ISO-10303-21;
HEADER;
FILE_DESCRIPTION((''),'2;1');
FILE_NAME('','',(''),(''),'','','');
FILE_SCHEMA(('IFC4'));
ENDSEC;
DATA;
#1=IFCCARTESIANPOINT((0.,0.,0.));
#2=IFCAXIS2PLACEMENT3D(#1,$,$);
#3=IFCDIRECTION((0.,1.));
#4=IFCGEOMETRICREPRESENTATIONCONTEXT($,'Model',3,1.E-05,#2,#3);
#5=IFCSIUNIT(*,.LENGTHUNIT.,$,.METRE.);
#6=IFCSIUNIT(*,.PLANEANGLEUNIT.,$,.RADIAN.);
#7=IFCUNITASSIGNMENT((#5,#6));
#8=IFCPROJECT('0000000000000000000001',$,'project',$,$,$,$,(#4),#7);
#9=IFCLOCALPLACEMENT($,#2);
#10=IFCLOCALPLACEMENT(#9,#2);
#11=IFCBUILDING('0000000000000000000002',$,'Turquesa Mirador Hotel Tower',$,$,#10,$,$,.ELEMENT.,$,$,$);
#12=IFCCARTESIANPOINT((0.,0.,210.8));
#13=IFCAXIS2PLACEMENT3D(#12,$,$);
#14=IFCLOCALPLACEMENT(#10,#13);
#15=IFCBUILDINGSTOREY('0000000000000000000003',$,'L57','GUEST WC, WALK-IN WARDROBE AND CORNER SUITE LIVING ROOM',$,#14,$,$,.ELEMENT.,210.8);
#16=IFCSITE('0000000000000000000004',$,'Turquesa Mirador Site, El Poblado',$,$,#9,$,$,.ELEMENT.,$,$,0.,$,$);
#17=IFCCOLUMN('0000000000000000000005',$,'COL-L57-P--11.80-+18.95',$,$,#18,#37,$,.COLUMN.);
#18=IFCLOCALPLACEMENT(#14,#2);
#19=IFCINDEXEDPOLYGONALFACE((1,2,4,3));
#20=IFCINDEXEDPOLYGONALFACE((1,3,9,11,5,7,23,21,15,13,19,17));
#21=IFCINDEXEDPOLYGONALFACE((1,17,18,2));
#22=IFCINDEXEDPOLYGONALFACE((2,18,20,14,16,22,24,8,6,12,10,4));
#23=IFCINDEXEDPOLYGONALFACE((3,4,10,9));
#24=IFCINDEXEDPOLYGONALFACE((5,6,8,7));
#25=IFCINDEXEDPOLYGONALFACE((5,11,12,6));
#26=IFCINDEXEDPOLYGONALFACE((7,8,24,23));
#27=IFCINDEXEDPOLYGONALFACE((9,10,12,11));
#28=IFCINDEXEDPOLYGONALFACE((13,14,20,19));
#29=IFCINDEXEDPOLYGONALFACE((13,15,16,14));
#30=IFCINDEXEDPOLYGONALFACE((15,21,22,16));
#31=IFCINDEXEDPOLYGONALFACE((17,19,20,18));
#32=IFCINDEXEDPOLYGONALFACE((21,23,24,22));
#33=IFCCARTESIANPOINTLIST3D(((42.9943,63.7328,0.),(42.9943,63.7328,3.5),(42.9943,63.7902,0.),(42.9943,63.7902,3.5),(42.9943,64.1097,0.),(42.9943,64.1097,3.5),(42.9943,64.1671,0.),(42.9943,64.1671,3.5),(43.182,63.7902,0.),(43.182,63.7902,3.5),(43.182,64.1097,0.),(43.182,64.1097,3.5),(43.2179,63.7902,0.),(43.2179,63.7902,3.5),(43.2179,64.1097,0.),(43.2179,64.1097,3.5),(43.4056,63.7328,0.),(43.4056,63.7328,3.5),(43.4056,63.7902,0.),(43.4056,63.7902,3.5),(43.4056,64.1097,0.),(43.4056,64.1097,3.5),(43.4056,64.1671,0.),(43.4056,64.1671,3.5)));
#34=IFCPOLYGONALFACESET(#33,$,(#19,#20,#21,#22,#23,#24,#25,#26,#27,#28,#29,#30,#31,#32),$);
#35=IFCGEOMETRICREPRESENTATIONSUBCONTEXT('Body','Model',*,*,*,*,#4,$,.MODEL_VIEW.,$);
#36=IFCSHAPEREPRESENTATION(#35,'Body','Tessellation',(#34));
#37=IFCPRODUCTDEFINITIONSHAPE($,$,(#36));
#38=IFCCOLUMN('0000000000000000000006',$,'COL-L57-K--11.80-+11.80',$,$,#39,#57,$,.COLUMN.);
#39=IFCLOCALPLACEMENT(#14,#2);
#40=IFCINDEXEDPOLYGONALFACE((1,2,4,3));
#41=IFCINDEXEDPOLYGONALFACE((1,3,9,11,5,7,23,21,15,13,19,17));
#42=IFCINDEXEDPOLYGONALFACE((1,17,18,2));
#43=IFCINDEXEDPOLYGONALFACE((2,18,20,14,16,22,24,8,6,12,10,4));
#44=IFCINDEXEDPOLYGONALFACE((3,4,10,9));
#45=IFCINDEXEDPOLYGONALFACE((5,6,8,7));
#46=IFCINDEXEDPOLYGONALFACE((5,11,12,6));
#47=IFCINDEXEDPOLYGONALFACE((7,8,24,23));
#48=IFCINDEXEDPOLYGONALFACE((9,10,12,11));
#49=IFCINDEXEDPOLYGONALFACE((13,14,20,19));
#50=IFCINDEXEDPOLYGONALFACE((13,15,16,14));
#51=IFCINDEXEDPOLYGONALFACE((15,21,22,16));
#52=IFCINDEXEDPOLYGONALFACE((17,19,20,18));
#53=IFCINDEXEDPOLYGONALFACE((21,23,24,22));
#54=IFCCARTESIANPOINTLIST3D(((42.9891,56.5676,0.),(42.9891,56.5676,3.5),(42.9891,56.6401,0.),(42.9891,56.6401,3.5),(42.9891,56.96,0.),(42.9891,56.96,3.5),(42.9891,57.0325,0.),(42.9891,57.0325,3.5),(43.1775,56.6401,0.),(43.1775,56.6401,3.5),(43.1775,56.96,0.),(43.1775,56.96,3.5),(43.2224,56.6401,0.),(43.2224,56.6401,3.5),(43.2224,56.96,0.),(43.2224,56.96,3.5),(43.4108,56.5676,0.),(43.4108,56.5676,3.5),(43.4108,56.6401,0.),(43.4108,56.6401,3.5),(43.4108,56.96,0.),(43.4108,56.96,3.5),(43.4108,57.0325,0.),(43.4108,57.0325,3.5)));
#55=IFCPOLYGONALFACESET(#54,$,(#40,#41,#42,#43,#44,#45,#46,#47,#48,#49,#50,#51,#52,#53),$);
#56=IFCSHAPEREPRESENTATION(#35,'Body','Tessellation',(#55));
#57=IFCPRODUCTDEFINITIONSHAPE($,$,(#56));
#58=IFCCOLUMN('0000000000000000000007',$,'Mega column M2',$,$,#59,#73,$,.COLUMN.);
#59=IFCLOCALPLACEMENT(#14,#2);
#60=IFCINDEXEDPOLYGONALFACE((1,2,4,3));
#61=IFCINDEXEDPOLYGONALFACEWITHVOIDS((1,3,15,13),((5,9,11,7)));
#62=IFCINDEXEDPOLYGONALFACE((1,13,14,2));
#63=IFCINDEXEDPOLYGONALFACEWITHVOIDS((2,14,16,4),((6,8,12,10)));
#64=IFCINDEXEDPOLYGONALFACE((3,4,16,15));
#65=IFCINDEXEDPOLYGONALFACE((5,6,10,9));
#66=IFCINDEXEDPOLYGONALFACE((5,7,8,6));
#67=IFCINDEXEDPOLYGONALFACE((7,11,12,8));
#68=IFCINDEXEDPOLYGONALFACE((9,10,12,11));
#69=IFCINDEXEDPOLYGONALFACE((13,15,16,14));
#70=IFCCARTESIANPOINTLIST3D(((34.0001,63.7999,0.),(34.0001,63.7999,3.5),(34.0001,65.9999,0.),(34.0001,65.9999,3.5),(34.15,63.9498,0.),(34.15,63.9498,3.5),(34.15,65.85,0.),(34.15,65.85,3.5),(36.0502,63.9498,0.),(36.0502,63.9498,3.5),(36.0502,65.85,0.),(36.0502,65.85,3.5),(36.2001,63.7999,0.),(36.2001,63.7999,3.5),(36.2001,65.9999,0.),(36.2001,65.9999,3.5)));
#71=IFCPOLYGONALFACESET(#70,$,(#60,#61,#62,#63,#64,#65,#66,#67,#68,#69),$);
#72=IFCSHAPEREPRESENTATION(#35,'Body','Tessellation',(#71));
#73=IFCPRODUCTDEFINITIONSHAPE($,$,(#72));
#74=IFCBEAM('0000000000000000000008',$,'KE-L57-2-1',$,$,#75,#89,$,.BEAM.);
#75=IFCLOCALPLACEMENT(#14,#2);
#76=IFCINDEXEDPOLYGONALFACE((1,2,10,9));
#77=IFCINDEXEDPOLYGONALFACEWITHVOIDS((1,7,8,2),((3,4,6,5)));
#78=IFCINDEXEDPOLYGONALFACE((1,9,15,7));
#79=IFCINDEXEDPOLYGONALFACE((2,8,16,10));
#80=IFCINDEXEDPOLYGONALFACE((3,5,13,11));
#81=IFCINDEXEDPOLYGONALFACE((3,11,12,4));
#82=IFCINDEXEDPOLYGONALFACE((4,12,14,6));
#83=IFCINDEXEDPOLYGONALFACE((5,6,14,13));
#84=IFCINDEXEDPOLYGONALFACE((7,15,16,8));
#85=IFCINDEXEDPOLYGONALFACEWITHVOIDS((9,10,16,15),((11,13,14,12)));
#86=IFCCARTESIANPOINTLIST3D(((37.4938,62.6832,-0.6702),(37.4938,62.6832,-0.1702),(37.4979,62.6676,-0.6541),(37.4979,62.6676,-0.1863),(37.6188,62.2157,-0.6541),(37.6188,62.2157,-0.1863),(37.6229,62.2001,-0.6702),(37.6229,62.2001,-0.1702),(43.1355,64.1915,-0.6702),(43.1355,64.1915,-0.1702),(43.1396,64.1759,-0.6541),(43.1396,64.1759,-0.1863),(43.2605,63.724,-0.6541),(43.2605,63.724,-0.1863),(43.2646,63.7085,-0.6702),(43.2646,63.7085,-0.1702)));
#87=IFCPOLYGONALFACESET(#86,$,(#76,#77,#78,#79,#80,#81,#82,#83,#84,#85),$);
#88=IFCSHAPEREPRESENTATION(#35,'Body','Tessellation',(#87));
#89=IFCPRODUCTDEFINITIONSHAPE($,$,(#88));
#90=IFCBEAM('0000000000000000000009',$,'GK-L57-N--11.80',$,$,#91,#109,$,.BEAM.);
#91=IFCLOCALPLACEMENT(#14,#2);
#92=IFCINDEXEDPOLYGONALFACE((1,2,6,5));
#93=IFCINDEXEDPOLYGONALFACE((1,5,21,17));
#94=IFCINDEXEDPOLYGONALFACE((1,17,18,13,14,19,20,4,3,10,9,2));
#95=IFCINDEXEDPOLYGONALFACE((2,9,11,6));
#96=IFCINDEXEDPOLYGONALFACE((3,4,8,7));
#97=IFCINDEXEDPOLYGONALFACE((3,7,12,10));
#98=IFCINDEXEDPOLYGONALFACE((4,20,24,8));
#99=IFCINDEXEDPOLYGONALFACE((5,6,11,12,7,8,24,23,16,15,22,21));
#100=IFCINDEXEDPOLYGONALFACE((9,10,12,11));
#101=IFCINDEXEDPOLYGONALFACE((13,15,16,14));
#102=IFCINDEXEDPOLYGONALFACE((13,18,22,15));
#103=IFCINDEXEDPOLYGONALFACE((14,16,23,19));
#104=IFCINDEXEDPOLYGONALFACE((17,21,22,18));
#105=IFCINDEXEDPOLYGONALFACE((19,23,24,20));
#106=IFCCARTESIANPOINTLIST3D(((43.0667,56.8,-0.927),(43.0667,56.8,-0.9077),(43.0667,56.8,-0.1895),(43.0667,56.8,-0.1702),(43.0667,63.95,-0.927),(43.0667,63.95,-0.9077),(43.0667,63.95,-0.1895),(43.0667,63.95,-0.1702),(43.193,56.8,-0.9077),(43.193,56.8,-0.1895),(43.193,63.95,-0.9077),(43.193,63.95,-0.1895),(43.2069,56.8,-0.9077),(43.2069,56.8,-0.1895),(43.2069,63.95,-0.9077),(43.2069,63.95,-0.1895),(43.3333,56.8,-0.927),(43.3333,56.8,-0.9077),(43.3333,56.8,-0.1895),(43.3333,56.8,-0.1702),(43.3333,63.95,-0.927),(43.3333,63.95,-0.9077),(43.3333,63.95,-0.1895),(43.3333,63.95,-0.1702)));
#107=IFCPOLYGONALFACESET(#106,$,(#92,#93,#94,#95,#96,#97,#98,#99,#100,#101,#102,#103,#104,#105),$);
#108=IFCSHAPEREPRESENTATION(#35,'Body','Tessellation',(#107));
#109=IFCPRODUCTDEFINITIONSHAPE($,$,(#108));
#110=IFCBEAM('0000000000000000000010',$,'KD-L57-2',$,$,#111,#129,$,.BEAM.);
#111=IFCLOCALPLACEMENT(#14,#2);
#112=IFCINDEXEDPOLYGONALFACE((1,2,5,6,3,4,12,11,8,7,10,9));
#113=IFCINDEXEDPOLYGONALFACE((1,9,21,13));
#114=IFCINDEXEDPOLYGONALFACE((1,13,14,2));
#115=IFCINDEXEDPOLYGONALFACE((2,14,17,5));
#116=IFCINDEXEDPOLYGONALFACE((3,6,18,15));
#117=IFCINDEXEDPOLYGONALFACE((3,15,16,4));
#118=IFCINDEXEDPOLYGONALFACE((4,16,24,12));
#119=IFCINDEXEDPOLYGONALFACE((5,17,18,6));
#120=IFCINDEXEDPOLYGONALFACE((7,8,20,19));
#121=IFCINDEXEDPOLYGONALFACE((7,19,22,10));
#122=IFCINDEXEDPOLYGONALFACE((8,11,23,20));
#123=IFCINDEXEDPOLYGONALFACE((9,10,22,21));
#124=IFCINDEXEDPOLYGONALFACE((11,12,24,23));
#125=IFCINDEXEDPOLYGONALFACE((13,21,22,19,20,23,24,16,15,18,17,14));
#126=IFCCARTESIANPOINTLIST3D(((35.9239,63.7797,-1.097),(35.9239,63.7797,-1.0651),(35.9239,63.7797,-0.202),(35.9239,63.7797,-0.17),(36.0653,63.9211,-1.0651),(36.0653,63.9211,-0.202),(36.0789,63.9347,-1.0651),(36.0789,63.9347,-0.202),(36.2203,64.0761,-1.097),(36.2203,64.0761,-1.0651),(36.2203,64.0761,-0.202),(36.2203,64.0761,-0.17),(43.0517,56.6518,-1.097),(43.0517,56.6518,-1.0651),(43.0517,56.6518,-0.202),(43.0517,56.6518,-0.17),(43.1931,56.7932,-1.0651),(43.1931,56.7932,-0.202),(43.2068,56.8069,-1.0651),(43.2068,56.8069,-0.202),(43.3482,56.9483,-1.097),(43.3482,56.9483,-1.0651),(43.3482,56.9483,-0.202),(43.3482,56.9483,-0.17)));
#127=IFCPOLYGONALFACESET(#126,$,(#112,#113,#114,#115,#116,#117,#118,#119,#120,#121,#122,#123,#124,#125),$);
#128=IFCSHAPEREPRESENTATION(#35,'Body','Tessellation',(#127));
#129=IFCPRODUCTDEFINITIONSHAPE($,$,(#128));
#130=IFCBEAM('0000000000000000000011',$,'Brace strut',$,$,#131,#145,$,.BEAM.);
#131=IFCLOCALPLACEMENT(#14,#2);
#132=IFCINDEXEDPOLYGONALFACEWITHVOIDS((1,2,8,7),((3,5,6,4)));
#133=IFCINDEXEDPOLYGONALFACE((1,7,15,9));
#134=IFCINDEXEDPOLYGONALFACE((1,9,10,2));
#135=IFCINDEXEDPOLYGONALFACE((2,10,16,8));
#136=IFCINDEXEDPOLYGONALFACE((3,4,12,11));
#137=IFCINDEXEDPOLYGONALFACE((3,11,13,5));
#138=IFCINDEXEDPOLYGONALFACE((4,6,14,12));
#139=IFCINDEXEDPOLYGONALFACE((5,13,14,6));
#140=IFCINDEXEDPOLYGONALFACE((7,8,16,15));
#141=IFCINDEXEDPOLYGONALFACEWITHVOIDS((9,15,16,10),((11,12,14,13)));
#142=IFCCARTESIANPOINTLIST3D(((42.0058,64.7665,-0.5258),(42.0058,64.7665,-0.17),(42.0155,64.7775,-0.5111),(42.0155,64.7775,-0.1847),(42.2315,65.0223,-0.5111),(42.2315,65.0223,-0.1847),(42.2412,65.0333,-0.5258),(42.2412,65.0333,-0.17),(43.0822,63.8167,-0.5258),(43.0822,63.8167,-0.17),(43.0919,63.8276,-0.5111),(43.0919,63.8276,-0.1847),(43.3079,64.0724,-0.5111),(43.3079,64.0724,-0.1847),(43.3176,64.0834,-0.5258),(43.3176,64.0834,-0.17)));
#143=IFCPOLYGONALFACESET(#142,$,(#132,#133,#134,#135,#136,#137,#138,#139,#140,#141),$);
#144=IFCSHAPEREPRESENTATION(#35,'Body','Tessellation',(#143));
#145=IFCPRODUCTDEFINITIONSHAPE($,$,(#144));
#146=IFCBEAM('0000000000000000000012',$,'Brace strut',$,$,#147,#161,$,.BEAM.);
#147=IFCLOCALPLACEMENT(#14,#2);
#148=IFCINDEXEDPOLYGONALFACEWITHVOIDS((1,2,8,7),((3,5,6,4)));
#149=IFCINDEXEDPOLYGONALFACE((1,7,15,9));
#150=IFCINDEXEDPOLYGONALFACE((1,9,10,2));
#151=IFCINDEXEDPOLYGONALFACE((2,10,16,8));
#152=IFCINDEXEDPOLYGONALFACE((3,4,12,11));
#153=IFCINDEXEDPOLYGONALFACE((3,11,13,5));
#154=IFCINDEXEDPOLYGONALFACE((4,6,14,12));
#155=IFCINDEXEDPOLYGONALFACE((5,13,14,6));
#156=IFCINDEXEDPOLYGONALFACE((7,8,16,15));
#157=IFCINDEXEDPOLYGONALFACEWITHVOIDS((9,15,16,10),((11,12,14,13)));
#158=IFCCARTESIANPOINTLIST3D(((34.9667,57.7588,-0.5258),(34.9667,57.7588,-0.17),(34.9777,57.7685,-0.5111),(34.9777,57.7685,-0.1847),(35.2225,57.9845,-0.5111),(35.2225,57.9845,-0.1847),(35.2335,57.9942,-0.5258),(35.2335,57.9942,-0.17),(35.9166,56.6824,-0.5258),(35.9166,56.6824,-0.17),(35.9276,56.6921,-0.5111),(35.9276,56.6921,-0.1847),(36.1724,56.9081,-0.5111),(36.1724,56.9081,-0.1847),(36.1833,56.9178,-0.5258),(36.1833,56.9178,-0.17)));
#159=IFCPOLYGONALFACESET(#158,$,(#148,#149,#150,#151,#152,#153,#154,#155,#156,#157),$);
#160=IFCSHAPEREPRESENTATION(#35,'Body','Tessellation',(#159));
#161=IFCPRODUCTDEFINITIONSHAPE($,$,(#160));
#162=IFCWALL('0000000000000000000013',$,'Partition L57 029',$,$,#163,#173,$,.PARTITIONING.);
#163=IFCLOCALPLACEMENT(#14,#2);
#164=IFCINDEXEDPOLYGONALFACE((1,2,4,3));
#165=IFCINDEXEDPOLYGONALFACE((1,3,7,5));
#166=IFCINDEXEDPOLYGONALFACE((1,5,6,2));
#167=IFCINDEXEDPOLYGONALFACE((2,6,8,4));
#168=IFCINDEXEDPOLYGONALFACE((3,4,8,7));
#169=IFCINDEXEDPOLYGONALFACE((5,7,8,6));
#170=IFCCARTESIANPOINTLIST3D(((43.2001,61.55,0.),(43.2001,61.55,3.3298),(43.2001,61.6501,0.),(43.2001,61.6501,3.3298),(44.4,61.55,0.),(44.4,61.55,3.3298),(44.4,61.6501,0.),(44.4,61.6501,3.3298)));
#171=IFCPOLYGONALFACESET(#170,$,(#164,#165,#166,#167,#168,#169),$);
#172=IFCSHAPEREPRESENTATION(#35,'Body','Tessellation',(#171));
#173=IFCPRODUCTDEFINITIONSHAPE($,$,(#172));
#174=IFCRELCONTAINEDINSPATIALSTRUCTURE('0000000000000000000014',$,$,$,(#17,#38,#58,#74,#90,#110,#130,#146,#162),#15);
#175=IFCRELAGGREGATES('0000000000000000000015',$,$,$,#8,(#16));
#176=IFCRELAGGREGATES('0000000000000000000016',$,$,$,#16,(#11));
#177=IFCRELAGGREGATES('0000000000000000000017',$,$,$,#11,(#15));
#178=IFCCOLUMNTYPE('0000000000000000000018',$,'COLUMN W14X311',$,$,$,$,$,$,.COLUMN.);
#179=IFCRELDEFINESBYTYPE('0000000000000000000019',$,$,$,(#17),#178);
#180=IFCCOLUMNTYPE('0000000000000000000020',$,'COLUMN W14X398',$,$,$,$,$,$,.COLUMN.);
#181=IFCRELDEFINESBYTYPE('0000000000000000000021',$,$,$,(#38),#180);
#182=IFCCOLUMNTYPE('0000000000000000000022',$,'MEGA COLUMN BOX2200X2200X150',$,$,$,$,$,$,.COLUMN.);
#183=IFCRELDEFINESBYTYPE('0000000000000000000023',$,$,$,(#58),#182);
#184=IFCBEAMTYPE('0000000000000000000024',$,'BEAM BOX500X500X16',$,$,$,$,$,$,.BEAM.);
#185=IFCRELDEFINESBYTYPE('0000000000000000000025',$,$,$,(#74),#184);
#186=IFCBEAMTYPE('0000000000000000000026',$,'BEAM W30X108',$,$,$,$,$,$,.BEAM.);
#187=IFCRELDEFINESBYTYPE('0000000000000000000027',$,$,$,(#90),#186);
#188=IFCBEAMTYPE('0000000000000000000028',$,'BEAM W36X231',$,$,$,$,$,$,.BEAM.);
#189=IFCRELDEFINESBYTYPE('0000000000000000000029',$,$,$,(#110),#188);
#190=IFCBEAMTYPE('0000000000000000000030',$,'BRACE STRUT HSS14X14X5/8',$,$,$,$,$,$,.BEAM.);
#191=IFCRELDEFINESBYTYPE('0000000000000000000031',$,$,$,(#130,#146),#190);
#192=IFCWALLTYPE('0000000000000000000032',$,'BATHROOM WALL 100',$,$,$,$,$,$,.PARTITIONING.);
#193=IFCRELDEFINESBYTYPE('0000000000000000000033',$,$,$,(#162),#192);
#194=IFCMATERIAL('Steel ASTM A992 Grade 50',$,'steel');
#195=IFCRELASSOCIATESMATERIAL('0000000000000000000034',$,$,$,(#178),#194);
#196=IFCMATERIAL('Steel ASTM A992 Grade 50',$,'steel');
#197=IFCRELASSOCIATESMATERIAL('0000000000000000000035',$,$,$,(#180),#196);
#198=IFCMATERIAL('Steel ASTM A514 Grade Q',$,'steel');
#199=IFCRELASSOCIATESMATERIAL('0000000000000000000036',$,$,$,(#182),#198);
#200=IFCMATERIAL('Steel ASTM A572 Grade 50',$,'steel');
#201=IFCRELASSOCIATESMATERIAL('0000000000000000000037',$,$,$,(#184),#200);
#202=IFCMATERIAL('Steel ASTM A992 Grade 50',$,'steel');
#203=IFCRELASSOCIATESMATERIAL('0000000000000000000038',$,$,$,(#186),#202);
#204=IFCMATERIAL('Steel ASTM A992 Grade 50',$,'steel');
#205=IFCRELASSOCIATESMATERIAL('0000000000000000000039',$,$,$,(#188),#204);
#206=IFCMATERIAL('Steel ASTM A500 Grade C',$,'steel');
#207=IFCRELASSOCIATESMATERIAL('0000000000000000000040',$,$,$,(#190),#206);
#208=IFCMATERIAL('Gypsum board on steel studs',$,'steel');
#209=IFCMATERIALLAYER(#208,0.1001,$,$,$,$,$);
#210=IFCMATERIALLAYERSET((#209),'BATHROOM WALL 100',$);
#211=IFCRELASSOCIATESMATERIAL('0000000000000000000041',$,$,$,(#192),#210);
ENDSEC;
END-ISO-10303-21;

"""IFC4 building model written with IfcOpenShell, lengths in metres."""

from ifc_helpers import new_model, si_unit, direction, frame, frame_2d, origin, origin_2d, place, context, subcontext, project, spatial, rectangle, hollow_rectangle, i_section, extrude, material, layer, layer_set, material_profile, profile_set, type_object, element, save


model = new_model("IFC4")

# Units and contexts
model_context = context("Model", 3, precision=1e-05, world=origin(), true_north=direction((0.0, 1.0)))
body_context = subcontext(model_context, "Body", "Model", "MODEL_VIEW")
ifc_project = project(units=[si_unit("LENGTHUNIT", "METRE"), si_unit("PLANEANGLEUNIT", "RADIAN")], contexts=[model_context])

# Site, building, storey
site_placement = place(None, origin())
site = spatial("IfcSite", under=ifc_project, at=site_placement, Name="Turquesa Mirador Site, El Poblado", CompositionType="ELEMENT", RefElevation=0.0)
building_placement = place(site_placement, origin())
building = spatial("IfcBuilding", under=site, at=building_placement, Name="Turquesa Mirador Hotel Tower", CompositionType="ELEMENT")
storey_placement = place(building_placement, frame((0.0, 0.0, 210.8)))
storey = spatial("IfcBuildingStorey", under=building, at=storey_placement, Name="L57", Description="GUEST WC, WALK-IN WARDROBE AND CORNER SUITE LIVING ROOM", CompositionType="ELEMENT", Elevation=210.8)

# Columns
ifc_material_1 = material(Name="Steel ASTM A992 Grade 50", Category="steel")
ifc_material_profile_1 = material_profile(ifc_material_1, i_section(OverallWidth=0.4114, OverallDepth=0.4343, WebThickness=0.0359, FlangeThickness=0.0574, at=origin_2d()), Name="W14X311")
ifc_profile_set_1 = profile_set([ifc_material_profile_1], Name="Steel ASTM A992 Grade 50")
column_type_1 = type_object("IfcColumnType", Name="COLUMN W14X311", PredefinedType="COLUMN", material=ifc_profile_set_1)
column_1_placement = place(storey_placement, frame((43.2, 63.95, 0.0), z_axis=(0.0, 0.0, 1.0), x_axis=(1.0, 0.0, 0.0)))
element("IfcColumn", 1, at=column_1_placement, inside=storey, type_object=column_type_1, Name="COL-L57-P--11.80-+18.95", PredefinedType="COLUMN", context=body_context, shape_type="SweptSolid", body=[
    extrude(i_section(OverallWidth=0.4114, OverallDepth=0.4343, WebThickness=0.0359, FlangeThickness=0.0574, at=origin_2d()), origin(), (0.0, 0.0, 1.0), 3.5),
])
ifc_material_2 = material(Name="Steel ASTM A992 Grade 50", Category="steel")
ifc_material_profile_2 = material_profile(ifc_material_2, i_section(OverallWidth=0.4216, OverallDepth=0.4648, WebThickness=0.0449, FlangeThickness=0.0725, at=origin_2d()), Name="W14X398")
ifc_profile_set_2 = profile_set([ifc_material_profile_2], Name="Steel ASTM A992 Grade 50")
column_type_2 = type_object("IfcColumnType", Name="COLUMN W14X398", PredefinedType="COLUMN", material=ifc_profile_set_2)
column_2_placement = place(storey_placement, frame((43.2, 56.8, 0.0), z_axis=(0.0, 0.0, 1.0), x_axis=(1.0, 0.0, 0.0)))
element("IfcColumn", 2, at=column_2_placement, inside=storey, type_object=column_type_2, Name="COL-L57-K--11.80-+11.80", PredefinedType="COLUMN", context=body_context, shape_type="SweptSolid", body=[
    extrude(i_section(OverallWidth=0.4216, OverallDepth=0.4648, WebThickness=0.0449, FlangeThickness=0.0725, at=origin_2d()), origin(), (0.0, 0.0, 1.0), 3.5),
])
ifc_material_3 = material(Name="Steel ASTM A514 Grade Q", Category="steel")
ifc_material_profile_3 = material_profile(ifc_material_3, hollow_rectangle(XDim=2.2, YDim=2.2, WallThickness=0.1499, at=origin_2d()), Name="BOX2200X2200X150")
ifc_profile_set_3 = profile_set([ifc_material_profile_3], Name="Steel ASTM A514 Grade Q")
column_type_3 = type_object("IfcColumnType", Name="MEGA COLUMN BOX2200X2200X150", PredefinedType="COLUMN", material=ifc_profile_set_3)
column_3_placement = place(storey_placement, frame((35.1001, 64.8999, 0.0), z_axis=(0.0, 0.0, 1.0), x_axis=(1.0, 0.0, 0.0)))
element("IfcColumn", 3, at=column_3_placement, inside=storey, type_object=column_type_3, Name="Mega column M2", PredefinedType="COLUMN", context=body_context, shape_type="SweptSolid", body=[
    extrude(hollow_rectangle(XDim=2.2, YDim=2.2, WallThickness=0.1499, at=origin_2d()), origin(), (0.0, 0.0, 1.0), 3.5),
])

# Beams
ifc_material_4 = material(Name="Steel ASTM A572 Grade 50", Category="steel")
ifc_material_profile_4 = material_profile(ifc_material_4, hollow_rectangle(XDim=0.5, YDim=0.5, WallThickness=0.0161, at=origin_2d()), Name="BOX500X500X16")
ifc_profile_set_4 = profile_set([ifc_material_profile_4], Name="Steel ASTM A572 Grade 50")
beam_type_1 = type_object("IfcBeamType", Name="BEAM BOX500X500X16", PredefinedType="BEAM", material=ifc_profile_set_4)
beam_1_placement = place(storey_placement, frame((37.5583, 62.4417, -0.4202), z_axis=(0.96607, 0.258282, 0.0), x_axis=(-0.258282, 0.96607, 0.0)))
element("IfcBeam", 4, at=beam_1_placement, inside=storey, type_object=beam_type_1, Name="KE-L57-2-1", PredefinedType="BEAM", context=body_context, shape_type="SweptSolid", body=[
    extrude(hollow_rectangle(XDim=0.5, YDim=0.5, WallThickness=0.0161, at=origin_2d()), origin(), (0.0, 0.0, 1.0), 5.8398),
])
ifc_material_5 = material(Name="Steel ASTM A992 Grade 50", Category="steel")
ifc_material_profile_5 = material_profile(ifc_material_5, i_section(OverallWidth=0.2666, OverallDepth=0.7568, WebThickness=0.0139, FlangeThickness=0.0193, at=origin_2d()), Name="W30X108")
ifc_profile_set_5 = profile_set([ifc_material_profile_5], Name="Steel ASTM A992 Grade 50")
beam_type_2 = type_object("IfcBeamType", Name="BEAM W30X108", PredefinedType="BEAM", material=ifc_profile_set_5)
beam_2_placement = place(storey_placement, frame((43.2, 63.95, -0.5486), z_axis=(0.0, -1.0, 0.0), x_axis=(1.0, 0.0, 0.0)))
element("IfcBeam", 5, at=beam_2_placement, inside=storey, type_object=beam_type_2, Name="GK-L57-N--11.80", PredefinedType="BEAM", context=body_context, shape_type="SweptSolid", body=[
    extrude(i_section(OverallWidth=0.2666, OverallDepth=0.7568, WebThickness=0.0139, FlangeThickness=0.0193, at=origin_2d()), origin(), (0.0, 0.0, 1.0), 7.1499),
])
ifc_material_6 = material(Name="Steel ASTM A992 Grade 50", Category="steel")
ifc_material_profile_6 = material_profile(ifc_material_6, i_section(OverallWidth=0.4192, OverallDepth=0.927, WebThickness=0.0193, FlangeThickness=0.032, at=origin_2d()), Name="W36X231")
ifc_profile_set_6 = profile_set([ifc_material_profile_6], Name="Steel ASTM A992 Grade 50")
beam_type_3 = type_object("IfcBeamType", Name="BEAM W36X231", PredefinedType="BEAM", material=ifc_profile_set_6)
beam_3_placement = place(storey_placement, frame((43.2, 56.8, -0.6335), z_axis=(-0.707107, 0.707107, 0.0), x_axis=(-0.707107, -0.707107, 0.0)))
element("IfcBeam", 6, at=beam_3_placement, inside=storey, type_object=beam_type_3, Name="KD-L57-2", PredefinedType="BEAM", context=body_context, shape_type="SweptSolid", body=[
    extrude(i_section(OverallWidth=0.4192, OverallDepth=0.927, WebThickness=0.0193, FlangeThickness=0.032, at=origin_2d()), origin(), (0.0, 0.0, 1.0), 10.0803),
])
ifc_material_7 = material(Name="Steel ASTM A500 Grade C", Category="steel")
ifc_material_profile_7 = material_profile(ifc_material_7, hollow_rectangle(XDim=0.3557, YDim=0.3557, WallThickness=0.0146, at=origin_2d()), Name="HSS14X14X5/8")
ifc_profile_set_7 = profile_set([ifc_material_profile_7], Name="Steel ASTM A500 Grade C")
beam_type_4 = type_object("IfcBeamType", Name="BRACE STRUT HSS14X14X5/8", PredefinedType="BEAM", material=ifc_profile_set_7)
for number, where, z_axis, x_axis, name in (
    (7, (42.1235, 64.8999, -0.3479), (0.749778, -0.661689, 0.0), (0.661689, 0.749778, 0.0), "Brace strut"),
    (8, (35.1001, 57.8765, -0.3479), (0.661689, -0.749778, 0.0), (0.749778, 0.661689, 0.0), "Brace strut"),
):
    element("IfcBeam", number, at=place(storey_placement, frame(where, z_axis=z_axis, x_axis=x_axis)), inside=storey, type_object=beam_type_4, Name=name, PredefinedType="BEAM", context=body_context, shape_type="SweptSolid", body=[
        extrude(hollow_rectangle(XDim=0.3557, YDim=0.3557, WallThickness=0.0146, at=origin_2d()), origin(), (0.0, 0.0, 1.0), 1.4355),
    ])

# Wall
ifc_material_8 = material(Name="Gypsum board on steel studs", Category="steel")
ifc_layer_1 = layer(ifc_material_8, 0.1001)
ifc_layer_set_1 = layer_set([ifc_layer_1], Name="BATHROOM WALL 100")
wall_type_1 = type_object("IfcWallType", Name="BATHROOM WALL 100", PredefinedType="PARTITIONING", material=ifc_layer_set_1)
wall_1_placement = place(storey_placement, frame((43.2, 61.6001, 0.0), z_axis=(0.0, 0.0, 1.0), x_axis=(1.0, 0.0, 0.0)))
element("IfcWall", 9, at=wall_1_placement, inside=storey, type_object=wall_type_1, Name="Partition L57 029", PredefinedType="PARTITIONING", context=body_context, shape_type="SweptSolid", body=[
    extrude(rectangle(XDim=1.2, YDim=0.1001, at=frame_2d((0.6001, 0.0))), origin(), (0.0, 0.0, 1.0), 3.3298),
])

save(model, "model.ifc")
